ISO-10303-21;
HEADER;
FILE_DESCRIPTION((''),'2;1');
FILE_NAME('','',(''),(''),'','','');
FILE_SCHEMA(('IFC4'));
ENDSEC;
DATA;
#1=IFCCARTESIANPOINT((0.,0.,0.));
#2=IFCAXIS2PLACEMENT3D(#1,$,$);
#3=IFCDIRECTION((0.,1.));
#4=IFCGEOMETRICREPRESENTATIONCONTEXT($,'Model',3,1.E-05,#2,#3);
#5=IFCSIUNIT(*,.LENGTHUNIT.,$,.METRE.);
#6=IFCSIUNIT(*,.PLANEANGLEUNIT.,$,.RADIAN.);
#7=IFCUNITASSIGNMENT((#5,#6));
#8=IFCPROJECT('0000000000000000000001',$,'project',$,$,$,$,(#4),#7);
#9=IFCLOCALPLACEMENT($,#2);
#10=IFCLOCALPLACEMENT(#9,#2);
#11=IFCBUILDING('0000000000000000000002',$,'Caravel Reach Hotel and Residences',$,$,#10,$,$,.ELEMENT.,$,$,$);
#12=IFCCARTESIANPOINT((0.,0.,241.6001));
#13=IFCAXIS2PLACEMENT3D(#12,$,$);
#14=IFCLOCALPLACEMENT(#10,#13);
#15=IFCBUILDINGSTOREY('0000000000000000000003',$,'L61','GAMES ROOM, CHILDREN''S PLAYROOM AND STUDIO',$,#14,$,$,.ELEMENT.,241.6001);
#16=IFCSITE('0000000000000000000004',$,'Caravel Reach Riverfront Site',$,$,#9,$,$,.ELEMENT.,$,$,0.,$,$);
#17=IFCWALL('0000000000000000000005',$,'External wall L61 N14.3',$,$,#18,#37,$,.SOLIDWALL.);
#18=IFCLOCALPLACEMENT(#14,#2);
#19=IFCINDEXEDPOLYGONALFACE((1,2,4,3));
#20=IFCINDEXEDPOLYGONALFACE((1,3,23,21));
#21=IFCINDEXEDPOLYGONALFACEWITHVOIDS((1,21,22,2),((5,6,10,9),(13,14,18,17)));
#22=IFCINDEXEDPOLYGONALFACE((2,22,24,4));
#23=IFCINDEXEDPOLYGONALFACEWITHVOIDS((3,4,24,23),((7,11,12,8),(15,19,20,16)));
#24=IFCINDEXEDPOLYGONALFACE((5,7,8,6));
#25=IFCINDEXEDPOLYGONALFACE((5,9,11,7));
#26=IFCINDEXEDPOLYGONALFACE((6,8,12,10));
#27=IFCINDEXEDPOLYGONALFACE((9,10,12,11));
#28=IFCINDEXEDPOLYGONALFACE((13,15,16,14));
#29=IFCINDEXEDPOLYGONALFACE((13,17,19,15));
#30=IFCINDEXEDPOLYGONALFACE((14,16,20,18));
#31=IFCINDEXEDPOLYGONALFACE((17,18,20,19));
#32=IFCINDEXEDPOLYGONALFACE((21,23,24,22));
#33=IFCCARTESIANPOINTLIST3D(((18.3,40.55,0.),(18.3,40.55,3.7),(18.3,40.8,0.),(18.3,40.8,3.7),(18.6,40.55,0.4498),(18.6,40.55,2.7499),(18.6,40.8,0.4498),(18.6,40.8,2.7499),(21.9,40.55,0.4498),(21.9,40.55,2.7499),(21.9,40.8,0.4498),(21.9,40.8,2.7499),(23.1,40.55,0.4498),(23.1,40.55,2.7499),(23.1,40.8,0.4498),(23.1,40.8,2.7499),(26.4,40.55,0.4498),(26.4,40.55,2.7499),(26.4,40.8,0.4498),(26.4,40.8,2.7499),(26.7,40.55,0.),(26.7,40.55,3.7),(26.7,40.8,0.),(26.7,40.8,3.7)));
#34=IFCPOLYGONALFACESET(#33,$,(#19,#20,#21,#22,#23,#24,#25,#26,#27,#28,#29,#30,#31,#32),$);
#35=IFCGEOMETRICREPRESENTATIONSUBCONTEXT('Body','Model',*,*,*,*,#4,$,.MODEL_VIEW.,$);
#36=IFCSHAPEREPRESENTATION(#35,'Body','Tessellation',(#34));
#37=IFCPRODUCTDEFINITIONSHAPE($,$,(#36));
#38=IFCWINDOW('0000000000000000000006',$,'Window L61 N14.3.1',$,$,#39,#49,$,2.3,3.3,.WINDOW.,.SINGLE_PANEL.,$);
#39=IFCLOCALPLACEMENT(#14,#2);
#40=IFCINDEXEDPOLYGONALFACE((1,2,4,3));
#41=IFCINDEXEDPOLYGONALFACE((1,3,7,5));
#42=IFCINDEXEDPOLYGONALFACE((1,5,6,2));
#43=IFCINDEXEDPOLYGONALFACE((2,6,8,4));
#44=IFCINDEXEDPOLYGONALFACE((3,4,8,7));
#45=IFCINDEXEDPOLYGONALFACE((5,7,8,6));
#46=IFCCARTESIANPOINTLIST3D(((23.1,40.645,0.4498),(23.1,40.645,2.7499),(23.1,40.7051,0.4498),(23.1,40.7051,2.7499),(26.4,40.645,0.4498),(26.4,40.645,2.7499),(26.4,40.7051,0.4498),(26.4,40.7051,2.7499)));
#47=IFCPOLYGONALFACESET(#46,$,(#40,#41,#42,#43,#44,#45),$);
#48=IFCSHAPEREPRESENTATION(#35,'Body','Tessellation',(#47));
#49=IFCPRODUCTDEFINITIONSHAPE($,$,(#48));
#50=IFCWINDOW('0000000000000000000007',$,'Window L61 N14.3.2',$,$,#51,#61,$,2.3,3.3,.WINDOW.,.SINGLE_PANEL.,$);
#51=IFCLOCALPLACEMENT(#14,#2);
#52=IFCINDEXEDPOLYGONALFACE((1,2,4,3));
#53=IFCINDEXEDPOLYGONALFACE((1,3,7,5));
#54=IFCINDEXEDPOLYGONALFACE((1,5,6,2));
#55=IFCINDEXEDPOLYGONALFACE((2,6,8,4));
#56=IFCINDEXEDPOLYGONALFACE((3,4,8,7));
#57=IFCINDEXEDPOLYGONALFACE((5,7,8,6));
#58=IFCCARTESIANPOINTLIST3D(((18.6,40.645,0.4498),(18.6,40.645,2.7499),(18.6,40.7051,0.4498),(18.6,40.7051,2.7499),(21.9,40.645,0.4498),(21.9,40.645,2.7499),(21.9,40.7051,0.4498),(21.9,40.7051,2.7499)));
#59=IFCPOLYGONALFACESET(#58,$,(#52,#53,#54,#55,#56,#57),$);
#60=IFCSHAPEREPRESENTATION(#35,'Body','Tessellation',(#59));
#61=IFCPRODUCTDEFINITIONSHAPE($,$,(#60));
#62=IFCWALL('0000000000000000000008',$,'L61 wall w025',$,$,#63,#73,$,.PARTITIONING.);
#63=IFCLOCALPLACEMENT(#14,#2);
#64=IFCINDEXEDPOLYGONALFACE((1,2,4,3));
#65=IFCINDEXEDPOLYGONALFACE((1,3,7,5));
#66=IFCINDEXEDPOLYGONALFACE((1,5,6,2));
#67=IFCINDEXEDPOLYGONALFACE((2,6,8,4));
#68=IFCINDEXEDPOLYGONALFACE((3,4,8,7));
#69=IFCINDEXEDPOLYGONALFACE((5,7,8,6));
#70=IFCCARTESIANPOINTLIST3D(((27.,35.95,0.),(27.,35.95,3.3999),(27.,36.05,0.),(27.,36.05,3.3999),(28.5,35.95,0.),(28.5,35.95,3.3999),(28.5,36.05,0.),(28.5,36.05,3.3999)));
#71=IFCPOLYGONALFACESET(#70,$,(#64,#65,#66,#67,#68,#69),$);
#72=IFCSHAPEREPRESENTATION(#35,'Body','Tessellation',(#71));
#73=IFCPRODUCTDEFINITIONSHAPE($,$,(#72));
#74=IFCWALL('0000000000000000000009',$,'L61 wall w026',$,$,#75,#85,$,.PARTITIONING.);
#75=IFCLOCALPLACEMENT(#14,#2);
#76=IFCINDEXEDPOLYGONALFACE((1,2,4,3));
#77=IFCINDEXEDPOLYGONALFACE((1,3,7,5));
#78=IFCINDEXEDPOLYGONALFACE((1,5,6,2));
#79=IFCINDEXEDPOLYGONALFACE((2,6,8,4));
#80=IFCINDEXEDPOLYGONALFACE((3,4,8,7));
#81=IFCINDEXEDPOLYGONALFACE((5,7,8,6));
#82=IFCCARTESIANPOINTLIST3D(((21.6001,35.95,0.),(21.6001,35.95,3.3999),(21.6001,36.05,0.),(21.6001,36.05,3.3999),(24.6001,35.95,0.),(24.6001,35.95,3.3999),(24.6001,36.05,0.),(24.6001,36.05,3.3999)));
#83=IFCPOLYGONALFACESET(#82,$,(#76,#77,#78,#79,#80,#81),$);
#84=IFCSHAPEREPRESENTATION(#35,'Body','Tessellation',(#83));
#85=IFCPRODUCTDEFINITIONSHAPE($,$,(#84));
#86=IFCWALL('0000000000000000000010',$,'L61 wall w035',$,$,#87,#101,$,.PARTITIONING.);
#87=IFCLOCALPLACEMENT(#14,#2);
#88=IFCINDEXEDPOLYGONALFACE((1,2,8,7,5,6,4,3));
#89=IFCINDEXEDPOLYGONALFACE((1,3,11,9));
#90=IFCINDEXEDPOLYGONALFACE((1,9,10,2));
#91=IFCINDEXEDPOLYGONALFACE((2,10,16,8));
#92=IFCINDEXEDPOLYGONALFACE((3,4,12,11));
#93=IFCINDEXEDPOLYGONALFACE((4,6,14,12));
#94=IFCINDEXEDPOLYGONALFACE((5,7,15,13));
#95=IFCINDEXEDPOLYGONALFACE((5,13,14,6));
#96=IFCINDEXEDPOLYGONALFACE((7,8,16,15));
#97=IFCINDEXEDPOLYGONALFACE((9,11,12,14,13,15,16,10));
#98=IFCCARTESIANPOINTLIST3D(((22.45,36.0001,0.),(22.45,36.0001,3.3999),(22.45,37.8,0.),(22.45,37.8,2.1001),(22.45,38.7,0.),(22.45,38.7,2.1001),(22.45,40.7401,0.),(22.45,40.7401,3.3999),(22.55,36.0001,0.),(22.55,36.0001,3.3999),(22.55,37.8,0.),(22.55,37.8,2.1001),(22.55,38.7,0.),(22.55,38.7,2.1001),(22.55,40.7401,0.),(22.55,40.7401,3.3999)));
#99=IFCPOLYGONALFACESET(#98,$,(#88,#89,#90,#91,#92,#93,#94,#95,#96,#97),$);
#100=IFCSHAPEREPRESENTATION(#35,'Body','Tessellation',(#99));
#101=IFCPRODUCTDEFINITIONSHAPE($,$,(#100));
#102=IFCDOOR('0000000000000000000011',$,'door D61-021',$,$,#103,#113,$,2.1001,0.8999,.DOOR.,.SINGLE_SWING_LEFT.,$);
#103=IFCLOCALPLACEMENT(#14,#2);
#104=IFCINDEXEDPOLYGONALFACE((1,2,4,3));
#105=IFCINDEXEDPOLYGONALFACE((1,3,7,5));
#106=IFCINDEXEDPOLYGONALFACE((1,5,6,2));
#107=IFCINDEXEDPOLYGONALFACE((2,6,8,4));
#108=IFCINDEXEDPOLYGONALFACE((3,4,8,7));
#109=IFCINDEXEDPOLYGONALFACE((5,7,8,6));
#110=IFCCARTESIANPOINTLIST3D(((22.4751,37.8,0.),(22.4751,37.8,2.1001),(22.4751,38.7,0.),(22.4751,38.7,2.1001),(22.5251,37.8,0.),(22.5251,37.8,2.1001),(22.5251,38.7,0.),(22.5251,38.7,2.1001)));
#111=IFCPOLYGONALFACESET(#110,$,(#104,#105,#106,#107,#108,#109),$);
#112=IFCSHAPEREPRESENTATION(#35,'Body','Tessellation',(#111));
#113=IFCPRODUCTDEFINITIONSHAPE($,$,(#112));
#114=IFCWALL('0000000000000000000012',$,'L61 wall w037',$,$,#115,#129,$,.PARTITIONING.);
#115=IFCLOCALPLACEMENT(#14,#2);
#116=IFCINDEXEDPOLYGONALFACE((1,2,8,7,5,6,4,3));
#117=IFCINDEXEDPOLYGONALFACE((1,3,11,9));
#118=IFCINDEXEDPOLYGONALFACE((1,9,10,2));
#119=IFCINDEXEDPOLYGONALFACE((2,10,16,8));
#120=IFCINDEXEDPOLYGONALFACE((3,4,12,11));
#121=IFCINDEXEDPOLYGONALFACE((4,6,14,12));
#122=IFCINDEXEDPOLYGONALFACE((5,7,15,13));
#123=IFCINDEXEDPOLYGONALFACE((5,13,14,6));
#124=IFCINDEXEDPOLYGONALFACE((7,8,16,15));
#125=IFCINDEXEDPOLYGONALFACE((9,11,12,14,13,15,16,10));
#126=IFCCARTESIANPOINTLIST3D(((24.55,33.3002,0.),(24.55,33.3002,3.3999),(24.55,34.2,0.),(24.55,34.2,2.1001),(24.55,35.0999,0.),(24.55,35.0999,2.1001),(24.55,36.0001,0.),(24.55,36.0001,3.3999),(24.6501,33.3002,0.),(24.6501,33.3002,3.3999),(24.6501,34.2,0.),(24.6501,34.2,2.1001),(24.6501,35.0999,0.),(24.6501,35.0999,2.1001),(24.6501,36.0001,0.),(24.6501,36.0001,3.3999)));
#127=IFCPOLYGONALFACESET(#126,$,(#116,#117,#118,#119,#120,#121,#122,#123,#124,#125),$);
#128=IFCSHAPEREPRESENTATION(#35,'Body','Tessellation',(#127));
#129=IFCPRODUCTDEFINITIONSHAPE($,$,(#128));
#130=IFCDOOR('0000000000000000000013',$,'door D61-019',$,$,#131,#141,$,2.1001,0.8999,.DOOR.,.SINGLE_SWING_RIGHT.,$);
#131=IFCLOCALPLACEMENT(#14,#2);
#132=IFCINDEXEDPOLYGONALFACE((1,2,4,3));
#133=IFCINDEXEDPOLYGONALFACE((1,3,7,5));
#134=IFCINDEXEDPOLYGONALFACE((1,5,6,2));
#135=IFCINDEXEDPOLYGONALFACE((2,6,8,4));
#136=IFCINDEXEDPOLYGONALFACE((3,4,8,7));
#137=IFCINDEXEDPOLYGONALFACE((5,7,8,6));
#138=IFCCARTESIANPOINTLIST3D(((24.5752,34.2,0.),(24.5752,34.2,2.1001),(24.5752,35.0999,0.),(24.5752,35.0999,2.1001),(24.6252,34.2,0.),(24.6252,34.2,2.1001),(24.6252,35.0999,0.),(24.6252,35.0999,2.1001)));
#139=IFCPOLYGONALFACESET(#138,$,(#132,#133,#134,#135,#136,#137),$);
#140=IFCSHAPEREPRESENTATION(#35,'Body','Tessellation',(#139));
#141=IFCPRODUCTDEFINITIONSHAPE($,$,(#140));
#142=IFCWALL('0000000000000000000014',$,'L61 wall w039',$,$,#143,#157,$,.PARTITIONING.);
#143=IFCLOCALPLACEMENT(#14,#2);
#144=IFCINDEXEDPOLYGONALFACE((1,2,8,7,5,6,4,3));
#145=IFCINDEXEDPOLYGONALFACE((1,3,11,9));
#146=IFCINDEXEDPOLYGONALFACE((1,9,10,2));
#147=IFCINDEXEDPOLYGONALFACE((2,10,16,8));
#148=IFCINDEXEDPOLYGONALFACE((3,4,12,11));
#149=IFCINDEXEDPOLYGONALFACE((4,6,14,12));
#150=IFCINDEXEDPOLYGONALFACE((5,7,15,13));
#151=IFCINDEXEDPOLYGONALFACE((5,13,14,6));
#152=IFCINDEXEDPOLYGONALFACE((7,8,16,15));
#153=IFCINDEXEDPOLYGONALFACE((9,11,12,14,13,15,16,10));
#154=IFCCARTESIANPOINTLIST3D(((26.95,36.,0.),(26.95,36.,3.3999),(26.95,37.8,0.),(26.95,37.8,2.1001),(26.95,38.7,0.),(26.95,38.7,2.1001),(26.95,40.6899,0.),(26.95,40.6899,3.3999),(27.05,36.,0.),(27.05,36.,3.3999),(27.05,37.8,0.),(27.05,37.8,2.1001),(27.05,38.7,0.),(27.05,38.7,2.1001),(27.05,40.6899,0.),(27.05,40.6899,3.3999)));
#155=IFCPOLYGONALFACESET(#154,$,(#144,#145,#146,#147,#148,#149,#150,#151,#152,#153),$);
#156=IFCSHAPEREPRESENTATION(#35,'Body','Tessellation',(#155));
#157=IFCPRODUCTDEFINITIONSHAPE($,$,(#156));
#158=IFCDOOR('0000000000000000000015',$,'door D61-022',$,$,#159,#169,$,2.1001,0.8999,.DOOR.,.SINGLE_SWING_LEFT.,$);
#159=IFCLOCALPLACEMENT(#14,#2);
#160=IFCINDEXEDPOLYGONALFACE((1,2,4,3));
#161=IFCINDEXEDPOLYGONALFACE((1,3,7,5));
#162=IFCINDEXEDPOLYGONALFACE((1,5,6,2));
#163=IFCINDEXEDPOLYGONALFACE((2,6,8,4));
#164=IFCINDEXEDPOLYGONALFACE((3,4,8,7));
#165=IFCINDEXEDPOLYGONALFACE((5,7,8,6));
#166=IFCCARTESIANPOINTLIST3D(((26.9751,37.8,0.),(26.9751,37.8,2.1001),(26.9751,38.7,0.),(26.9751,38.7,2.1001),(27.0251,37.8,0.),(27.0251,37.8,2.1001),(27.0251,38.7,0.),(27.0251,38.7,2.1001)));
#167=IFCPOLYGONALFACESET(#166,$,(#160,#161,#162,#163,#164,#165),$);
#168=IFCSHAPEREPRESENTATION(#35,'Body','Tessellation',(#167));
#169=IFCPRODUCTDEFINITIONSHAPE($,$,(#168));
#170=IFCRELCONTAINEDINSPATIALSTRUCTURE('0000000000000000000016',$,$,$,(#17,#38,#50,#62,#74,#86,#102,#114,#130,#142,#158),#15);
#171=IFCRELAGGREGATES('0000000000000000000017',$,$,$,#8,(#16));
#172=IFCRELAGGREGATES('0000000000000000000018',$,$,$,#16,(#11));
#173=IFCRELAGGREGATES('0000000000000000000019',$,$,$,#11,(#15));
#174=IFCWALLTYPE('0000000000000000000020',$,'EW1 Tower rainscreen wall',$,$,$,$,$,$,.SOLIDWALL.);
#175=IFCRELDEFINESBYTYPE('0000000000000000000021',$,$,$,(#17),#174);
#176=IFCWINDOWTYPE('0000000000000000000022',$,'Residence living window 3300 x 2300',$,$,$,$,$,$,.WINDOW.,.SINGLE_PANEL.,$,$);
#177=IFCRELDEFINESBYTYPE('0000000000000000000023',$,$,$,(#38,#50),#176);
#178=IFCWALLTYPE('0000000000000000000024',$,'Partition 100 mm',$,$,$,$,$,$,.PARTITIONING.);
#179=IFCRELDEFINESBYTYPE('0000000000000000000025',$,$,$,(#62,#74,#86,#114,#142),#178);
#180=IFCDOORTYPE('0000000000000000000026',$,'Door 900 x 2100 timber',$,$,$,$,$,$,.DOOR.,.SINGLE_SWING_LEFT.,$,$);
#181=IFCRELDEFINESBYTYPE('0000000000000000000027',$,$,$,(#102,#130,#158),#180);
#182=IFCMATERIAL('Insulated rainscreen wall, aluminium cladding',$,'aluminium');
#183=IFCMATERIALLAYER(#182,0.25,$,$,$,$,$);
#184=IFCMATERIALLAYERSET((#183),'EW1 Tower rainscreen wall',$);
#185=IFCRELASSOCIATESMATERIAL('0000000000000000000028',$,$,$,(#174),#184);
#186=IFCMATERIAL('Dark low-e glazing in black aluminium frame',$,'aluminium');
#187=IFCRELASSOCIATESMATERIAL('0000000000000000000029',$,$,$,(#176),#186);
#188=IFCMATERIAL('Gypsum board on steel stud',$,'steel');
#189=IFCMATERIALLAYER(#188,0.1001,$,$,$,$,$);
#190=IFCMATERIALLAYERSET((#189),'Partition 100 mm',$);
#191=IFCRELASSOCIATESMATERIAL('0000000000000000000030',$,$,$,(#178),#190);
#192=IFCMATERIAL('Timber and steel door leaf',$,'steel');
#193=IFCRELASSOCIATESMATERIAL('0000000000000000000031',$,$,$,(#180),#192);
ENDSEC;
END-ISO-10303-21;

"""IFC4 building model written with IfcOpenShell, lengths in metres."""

from ifc_helpers import new_model, si_unit, direction, frame, frame_2d, origin, place, context, subcontext, project, spatial, rectangle, extrude, material, layer, layer_set, type_object, element, fill, save


model = new_model("IFC4")

# Units and contexts
model_context = context("Model", 3, precision=1e-05, world=origin(), true_north=direction((0.0, 1.0)))
body_context = subcontext(model_context, "Body", "Model", "MODEL_VIEW")
ifc_project = project(units=[si_unit("LENGTHUNIT", "METRE"), si_unit("PLANEANGLEUNIT", "RADIAN")], contexts=[model_context])

# Site, building, storey
site_placement = place(None, origin())
site = spatial("IfcSite", under=ifc_project, at=site_placement, Name="Caravel Reach Riverfront Site", CompositionType="ELEMENT", RefElevation=0.0)
building_placement = place(site_placement, origin())
building = spatial("IfcBuilding", under=site, at=building_placement, Name="Caravel Reach Hotel and Residences", CompositionType="ELEMENT")
storey_placement = place(building_placement, frame((0.0, 0.0, 241.6001)))
storey = spatial("IfcBuildingStorey", under=building, at=storey_placement, Name="L61", Description="GAMES ROOM, CHILDREN'S PLAYROOM AND STUDIO", CompositionType="ELEMENT", Elevation=241.6001)

# Wall, openings, windows
ifc_material_1 = material(Name="Insulated rainscreen wall, aluminium cladding", Category="aluminium")
ifc_layer_1 = layer(ifc_material_1, 0.25)
ifc_layer_set_1 = layer_set([ifc_layer_1], Name="EW1 Tower rainscreen wall")
wall_type_1 = type_object("IfcWallType", Name="EW1 Tower rainscreen wall", PredefinedType="SOLIDWALL", material=ifc_layer_set_1)
wall_1_placement = place(storey_placement, frame((26.7, 40.675, 0.0), z_axis=(0.0, 0.0, 1.0), x_axis=(-1.0, 0.0, 0.0)))
wall_1 = element("IfcWall", 1, at=wall_1_placement, inside=storey, type_object=wall_type_1, Name="External wall L61 N14.3", PredefinedType="SOLIDWALL", context=body_context, shape_type="SweptSolid", body=[
    extrude(rectangle(XDim=8.3999, YDim=0.25, at=frame_2d((4.2, 0.0))), origin(), (0.0, 0.0, 1.0), 3.7),
])
opening_1_placement = place(wall_1_placement, frame((0.3, 0.0, 0.45)))
opening_1 = element("IfcOpeningElement", 2, at=opening_1_placement, cuts=wall_1, PredefinedType="OPENING", context=body_context, shape_type="SweptSolid", body=[
    extrude(rectangle(XDim=3.3, YDim=2.3, at=frame_2d((1.6499, 1.1499))), frame((0.0, 0.135, 0.0), z_axis=(0.0, -1.0, 0.0), x_axis=(1.0, 0.0, 0.0)), (0.0, 0.0, 1.0), 0.27),
])
opening_2_placement = place(wall_1_placement, frame((4.8, 0.0, 0.45)))
opening_2 = element("IfcOpeningElement", 3, at=opening_2_placement, cuts=wall_1, PredefinedType="OPENING", context=body_context, shape_type="SweptSolid", body=[
    extrude(rectangle(XDim=3.3, YDim=2.3, at=frame_2d((1.6499, 1.1499))), frame((0.0, 0.135, 0.0), z_axis=(0.0, -1.0, 0.0), x_axis=(1.0, 0.0, 0.0)), (0.0, 0.0, 1.0), 0.27),
])
ifc_material_2 = material(Name="Dark low-e glazing in black aluminium frame", Category="aluminium")
window_type = type_object("IfcWindowType", Name="Residence living window 3300 x 2300", PartitioningType="SINGLE_PANEL", PredefinedType="WINDOW", material=ifc_material_2)
window_1_placement = place(opening_1_placement, origin())
window_1 = element("IfcWindow", 4, at=window_1_placement, inside=storey, type_object=window_type, Name="Window L61 N14.3.1", OverallHeight=2.3, OverallWidth=3.3, PartitioningType="SINGLE_PANEL", PredefinedType="WINDOW", context=body_context, shape_type="SweptSolid", body=[
    extrude(rectangle(XDim=3.3, YDim=2.3, at=frame_2d((1.6499, 1.1499))), frame((0.0, 0.03, 0.0), z_axis=(0.0, -1.0, 0.0), x_axis=(1.0, 0.0, 0.0)), (0.0, 0.0, 1.0), 0.0601),
])
fill(opening_1, window_1)
window_2_placement = place(opening_2_placement, origin())
window_2 = element("IfcWindow", 5, at=window_2_placement, inside=storey, type_object=window_type, Name="Window L61 N14.3.2", OverallHeight=2.3, OverallWidth=3.3, PartitioningType="SINGLE_PANEL", PredefinedType="WINDOW", context=body_context, shape_type="SweptSolid", body=[
    extrude(rectangle(XDim=3.3, YDim=2.3, at=frame_2d((1.6499, 1.1499))), frame((0.0, 0.03, 0.0), z_axis=(0.0, -1.0, 0.0), x_axis=(1.0, 0.0, 0.0)), (0.0, 0.0, 1.0), 0.0601),
])
fill(opening_2, window_2)

# Walls
ifc_material_3 = material(Name="Gypsum board on steel stud", Category="steel")
ifc_layer_2 = layer(ifc_material_3, 0.1001)
ifc_layer_set_2 = layer_set([ifc_layer_2], Name="Partition 100 mm")
wall_type_2 = type_object("IfcWallType", Name="Partition 100 mm", PredefinedType="PARTITIONING", material=ifc_layer_set_2)
wall_2_placement = place(storey_placement, frame((27.0, 36.0, 0.0), z_axis=(0.0, 0.0, 1.0), x_axis=(1.0, 0.0, 0.0)))
element("IfcWall", 6, at=wall_2_placement, inside=storey, type_object=wall_type_2, Name="L61 wall w025", PredefinedType="PARTITIONING", context=body_context, shape_type="SweptSolid", body=[
    extrude(rectangle(XDim=1.5, YDim=0.1001, at=frame_2d((0.75, 0.0))), origin(), (0.0, 0.0, 1.0), 3.3999),
])
wall_3_placement = place(storey_placement, frame((21.6001, 36.0, 0.0), z_axis=(0.0, 0.0, 1.0), x_axis=(1.0, 0.0, 0.0)))
element("IfcWall", 7, at=wall_3_placement, inside=storey, type_object=wall_type_2, Name="L61 wall w026", PredefinedType="PARTITIONING", context=body_context, shape_type="SweptSolid", body=[
    extrude(rectangle(XDim=3.0, YDim=0.1001, at=frame_2d((1.5, 0.0))), origin(), (0.0, 0.0, 1.0), 3.3999),
])

# Walls, openings, doors
wall_4_placement = place(storey_placement, frame((22.5, 36.0, 0.0), z_axis=(0.0, 0.0, 1.0), x_axis=(0.0, 1.0, 0.0)))
wall_4 = element("IfcWall", 8, at=wall_4_placement, inside=storey, type_object=wall_type_2, Name="L61 wall w035", PredefinedType="PARTITIONING", context=body_context, shape_type="SweptSolid", body=[
    extrude(rectangle(XDim=4.74, YDim=0.1001, at=frame_2d((2.3701, 0.0))), origin(), (0.0, 0.0, 1.0), 3.3999),
])
opening_3_placement = place(wall_4_placement, frame((1.8, 0.0, 0.0)))
opening_3 = element("IfcOpeningElement", 9, at=opening_3_placement, cuts=wall_4, PredefinedType="OPENING", context=body_context, shape_type="SweptSolid", body=[
    extrude(rectangle(XDim=0.8999, YDim=2.1001, at=frame_2d((0.45, 1.05))), frame((0.0, 0.0601, 0.0), z_axis=(0.0, -1.0, 0.0), x_axis=(1.0, 0.0, 0.0)), (0.0, 0.0, 1.0), 0.1201),
])
ifc_material_4 = material(Name="Timber and steel door leaf", Category="steel")
door_type_1 = type_object("IfcDoorType", Name="Door 900 x 2100 timber", OperationType="SINGLE_SWING_LEFT", PredefinedType="DOOR", material=ifc_material_4)
door_1_placement = place(opening_3_placement, origin())
door_1 = element("IfcDoor", 10, at=door_1_placement, inside=storey, type_object=door_type_1, Name="door D61-021", OperationType="SINGLE_SWING_LEFT", OverallHeight=2.1001, OverallWidth=0.8999, PredefinedType="DOOR", context=body_context, shape_type="SweptSolid", body=[
    extrude(rectangle(XDim=0.8999, YDim=2.1001, at=frame_2d((0.45, 1.05))), frame((0.0, 0.0249, 0.0), z_axis=(0.0, -1.0, 0.0), x_axis=(1.0, 0.0, 0.0)), (0.0, 0.0, 1.0), 0.05),
])
fill(opening_3, door_1)
wall_5_placement = place(storey_placement, frame((24.6001, 33.3, 0.0), z_axis=(0.0, 0.0, 1.0), x_axis=(0.0, 1.0, 0.0)))
wall_5 = element("IfcWall", 11, at=wall_5_placement, inside=storey, type_object=wall_type_2, Name="L61 wall w037", PredefinedType="PARTITIONING", context=body_context, shape_type="SweptSolid", body=[
    extrude(rectangle(XDim=2.7, YDim=0.1001, at=frame_2d((1.3501, 0.0))), origin(), (0.0, 0.0, 1.0), 3.3999),
])
opening_4_placement = place(wall_5_placement, frame((0.8999, 0.0, 0.0)))
opening_4 = element("IfcOpeningElement", 12, at=opening_4_placement, cuts=wall_5, PredefinedType="OPENING", context=body_context, shape_type="SweptSolid", body=[
    extrude(rectangle(XDim=0.8999, YDim=2.1001, at=frame_2d((0.45, 1.05))), frame((0.0, 0.0601, 0.0), z_axis=(0.0, -1.0, 0.0), x_axis=(1.0, 0.0, 0.0)), (0.0, 0.0, 1.0), 0.1201),
])
door_2_placement = place(opening_4_placement, origin())
door_2 = element("IfcDoor", 13, at=door_2_placement, inside=storey, type_object=door_type_1, Name="door D61-019", OperationType="SINGLE_SWING_RIGHT", OverallHeight=2.1001, OverallWidth=0.8999, PredefinedType="DOOR", context=body_context, shape_type="SweptSolid", body=[
    extrude(rectangle(XDim=0.8999, YDim=2.1001, at=frame_2d((0.45, 1.05))), frame((0.0, 0.0249, 0.0), z_axis=(0.0, -1.0, 0.0), x_axis=(1.0, 0.0, 0.0)), (0.0, 0.0, 1.0), 0.05),
])
fill(opening_4, door_2)
wall_6_placement = place(storey_placement, frame((27.0, 36.0, 0.0), z_axis=(0.0, 0.0, 1.0), x_axis=(0.0, 1.0, 0.0)))
wall_6 = element("IfcWall", 14, at=wall_6_placement, inside=storey, type_object=wall_type_2, Name="L61 wall w039", PredefinedType="PARTITIONING", context=body_context, shape_type="SweptSolid", body=[
    extrude(rectangle(XDim=4.6899, YDim=0.1001, at=frame_2d((2.345, 0.0))), origin(), (0.0, 0.0, 1.0), 3.3999),
])
opening_5_placement = place(wall_6_placement, frame((1.8, 0.0, 0.0)))
opening_5 = element("IfcOpeningElement", 15, at=opening_5_placement, cuts=wall_6, PredefinedType="OPENING", context=body_context, shape_type="SweptSolid", body=[
    extrude(rectangle(XDim=0.8999, YDim=2.1001, at=frame_2d((0.45, 1.05))), frame((0.0, 0.0601, 0.0), z_axis=(0.0, -1.0, 0.0), x_axis=(1.0, 0.0, 0.0)), (0.0, 0.0, 1.0), 0.1201),
])
door_3_placement = place(opening_5_placement, origin())
door_3 = element("IfcDoor", 16, at=door_3_placement, inside=storey, type_object=door_type_1, Name="door D61-022", OperationType="SINGLE_SWING_LEFT", OverallHeight=2.1001, OverallWidth=0.8999, PredefinedType="DOOR", context=body_context, shape_type="SweptSolid", body=[
    extrude(rectangle(XDim=0.8999, YDim=2.1001, at=frame_2d((0.45, 1.05))), frame((0.0, 0.0249, 0.0), z_axis=(0.0, -1.0, 0.0), x_axis=(1.0, 0.0, 0.0)), (0.0, 0.0, 1.0), 0.05),
])
fill(opening_5, door_3)

save(model, "model.ifc")
